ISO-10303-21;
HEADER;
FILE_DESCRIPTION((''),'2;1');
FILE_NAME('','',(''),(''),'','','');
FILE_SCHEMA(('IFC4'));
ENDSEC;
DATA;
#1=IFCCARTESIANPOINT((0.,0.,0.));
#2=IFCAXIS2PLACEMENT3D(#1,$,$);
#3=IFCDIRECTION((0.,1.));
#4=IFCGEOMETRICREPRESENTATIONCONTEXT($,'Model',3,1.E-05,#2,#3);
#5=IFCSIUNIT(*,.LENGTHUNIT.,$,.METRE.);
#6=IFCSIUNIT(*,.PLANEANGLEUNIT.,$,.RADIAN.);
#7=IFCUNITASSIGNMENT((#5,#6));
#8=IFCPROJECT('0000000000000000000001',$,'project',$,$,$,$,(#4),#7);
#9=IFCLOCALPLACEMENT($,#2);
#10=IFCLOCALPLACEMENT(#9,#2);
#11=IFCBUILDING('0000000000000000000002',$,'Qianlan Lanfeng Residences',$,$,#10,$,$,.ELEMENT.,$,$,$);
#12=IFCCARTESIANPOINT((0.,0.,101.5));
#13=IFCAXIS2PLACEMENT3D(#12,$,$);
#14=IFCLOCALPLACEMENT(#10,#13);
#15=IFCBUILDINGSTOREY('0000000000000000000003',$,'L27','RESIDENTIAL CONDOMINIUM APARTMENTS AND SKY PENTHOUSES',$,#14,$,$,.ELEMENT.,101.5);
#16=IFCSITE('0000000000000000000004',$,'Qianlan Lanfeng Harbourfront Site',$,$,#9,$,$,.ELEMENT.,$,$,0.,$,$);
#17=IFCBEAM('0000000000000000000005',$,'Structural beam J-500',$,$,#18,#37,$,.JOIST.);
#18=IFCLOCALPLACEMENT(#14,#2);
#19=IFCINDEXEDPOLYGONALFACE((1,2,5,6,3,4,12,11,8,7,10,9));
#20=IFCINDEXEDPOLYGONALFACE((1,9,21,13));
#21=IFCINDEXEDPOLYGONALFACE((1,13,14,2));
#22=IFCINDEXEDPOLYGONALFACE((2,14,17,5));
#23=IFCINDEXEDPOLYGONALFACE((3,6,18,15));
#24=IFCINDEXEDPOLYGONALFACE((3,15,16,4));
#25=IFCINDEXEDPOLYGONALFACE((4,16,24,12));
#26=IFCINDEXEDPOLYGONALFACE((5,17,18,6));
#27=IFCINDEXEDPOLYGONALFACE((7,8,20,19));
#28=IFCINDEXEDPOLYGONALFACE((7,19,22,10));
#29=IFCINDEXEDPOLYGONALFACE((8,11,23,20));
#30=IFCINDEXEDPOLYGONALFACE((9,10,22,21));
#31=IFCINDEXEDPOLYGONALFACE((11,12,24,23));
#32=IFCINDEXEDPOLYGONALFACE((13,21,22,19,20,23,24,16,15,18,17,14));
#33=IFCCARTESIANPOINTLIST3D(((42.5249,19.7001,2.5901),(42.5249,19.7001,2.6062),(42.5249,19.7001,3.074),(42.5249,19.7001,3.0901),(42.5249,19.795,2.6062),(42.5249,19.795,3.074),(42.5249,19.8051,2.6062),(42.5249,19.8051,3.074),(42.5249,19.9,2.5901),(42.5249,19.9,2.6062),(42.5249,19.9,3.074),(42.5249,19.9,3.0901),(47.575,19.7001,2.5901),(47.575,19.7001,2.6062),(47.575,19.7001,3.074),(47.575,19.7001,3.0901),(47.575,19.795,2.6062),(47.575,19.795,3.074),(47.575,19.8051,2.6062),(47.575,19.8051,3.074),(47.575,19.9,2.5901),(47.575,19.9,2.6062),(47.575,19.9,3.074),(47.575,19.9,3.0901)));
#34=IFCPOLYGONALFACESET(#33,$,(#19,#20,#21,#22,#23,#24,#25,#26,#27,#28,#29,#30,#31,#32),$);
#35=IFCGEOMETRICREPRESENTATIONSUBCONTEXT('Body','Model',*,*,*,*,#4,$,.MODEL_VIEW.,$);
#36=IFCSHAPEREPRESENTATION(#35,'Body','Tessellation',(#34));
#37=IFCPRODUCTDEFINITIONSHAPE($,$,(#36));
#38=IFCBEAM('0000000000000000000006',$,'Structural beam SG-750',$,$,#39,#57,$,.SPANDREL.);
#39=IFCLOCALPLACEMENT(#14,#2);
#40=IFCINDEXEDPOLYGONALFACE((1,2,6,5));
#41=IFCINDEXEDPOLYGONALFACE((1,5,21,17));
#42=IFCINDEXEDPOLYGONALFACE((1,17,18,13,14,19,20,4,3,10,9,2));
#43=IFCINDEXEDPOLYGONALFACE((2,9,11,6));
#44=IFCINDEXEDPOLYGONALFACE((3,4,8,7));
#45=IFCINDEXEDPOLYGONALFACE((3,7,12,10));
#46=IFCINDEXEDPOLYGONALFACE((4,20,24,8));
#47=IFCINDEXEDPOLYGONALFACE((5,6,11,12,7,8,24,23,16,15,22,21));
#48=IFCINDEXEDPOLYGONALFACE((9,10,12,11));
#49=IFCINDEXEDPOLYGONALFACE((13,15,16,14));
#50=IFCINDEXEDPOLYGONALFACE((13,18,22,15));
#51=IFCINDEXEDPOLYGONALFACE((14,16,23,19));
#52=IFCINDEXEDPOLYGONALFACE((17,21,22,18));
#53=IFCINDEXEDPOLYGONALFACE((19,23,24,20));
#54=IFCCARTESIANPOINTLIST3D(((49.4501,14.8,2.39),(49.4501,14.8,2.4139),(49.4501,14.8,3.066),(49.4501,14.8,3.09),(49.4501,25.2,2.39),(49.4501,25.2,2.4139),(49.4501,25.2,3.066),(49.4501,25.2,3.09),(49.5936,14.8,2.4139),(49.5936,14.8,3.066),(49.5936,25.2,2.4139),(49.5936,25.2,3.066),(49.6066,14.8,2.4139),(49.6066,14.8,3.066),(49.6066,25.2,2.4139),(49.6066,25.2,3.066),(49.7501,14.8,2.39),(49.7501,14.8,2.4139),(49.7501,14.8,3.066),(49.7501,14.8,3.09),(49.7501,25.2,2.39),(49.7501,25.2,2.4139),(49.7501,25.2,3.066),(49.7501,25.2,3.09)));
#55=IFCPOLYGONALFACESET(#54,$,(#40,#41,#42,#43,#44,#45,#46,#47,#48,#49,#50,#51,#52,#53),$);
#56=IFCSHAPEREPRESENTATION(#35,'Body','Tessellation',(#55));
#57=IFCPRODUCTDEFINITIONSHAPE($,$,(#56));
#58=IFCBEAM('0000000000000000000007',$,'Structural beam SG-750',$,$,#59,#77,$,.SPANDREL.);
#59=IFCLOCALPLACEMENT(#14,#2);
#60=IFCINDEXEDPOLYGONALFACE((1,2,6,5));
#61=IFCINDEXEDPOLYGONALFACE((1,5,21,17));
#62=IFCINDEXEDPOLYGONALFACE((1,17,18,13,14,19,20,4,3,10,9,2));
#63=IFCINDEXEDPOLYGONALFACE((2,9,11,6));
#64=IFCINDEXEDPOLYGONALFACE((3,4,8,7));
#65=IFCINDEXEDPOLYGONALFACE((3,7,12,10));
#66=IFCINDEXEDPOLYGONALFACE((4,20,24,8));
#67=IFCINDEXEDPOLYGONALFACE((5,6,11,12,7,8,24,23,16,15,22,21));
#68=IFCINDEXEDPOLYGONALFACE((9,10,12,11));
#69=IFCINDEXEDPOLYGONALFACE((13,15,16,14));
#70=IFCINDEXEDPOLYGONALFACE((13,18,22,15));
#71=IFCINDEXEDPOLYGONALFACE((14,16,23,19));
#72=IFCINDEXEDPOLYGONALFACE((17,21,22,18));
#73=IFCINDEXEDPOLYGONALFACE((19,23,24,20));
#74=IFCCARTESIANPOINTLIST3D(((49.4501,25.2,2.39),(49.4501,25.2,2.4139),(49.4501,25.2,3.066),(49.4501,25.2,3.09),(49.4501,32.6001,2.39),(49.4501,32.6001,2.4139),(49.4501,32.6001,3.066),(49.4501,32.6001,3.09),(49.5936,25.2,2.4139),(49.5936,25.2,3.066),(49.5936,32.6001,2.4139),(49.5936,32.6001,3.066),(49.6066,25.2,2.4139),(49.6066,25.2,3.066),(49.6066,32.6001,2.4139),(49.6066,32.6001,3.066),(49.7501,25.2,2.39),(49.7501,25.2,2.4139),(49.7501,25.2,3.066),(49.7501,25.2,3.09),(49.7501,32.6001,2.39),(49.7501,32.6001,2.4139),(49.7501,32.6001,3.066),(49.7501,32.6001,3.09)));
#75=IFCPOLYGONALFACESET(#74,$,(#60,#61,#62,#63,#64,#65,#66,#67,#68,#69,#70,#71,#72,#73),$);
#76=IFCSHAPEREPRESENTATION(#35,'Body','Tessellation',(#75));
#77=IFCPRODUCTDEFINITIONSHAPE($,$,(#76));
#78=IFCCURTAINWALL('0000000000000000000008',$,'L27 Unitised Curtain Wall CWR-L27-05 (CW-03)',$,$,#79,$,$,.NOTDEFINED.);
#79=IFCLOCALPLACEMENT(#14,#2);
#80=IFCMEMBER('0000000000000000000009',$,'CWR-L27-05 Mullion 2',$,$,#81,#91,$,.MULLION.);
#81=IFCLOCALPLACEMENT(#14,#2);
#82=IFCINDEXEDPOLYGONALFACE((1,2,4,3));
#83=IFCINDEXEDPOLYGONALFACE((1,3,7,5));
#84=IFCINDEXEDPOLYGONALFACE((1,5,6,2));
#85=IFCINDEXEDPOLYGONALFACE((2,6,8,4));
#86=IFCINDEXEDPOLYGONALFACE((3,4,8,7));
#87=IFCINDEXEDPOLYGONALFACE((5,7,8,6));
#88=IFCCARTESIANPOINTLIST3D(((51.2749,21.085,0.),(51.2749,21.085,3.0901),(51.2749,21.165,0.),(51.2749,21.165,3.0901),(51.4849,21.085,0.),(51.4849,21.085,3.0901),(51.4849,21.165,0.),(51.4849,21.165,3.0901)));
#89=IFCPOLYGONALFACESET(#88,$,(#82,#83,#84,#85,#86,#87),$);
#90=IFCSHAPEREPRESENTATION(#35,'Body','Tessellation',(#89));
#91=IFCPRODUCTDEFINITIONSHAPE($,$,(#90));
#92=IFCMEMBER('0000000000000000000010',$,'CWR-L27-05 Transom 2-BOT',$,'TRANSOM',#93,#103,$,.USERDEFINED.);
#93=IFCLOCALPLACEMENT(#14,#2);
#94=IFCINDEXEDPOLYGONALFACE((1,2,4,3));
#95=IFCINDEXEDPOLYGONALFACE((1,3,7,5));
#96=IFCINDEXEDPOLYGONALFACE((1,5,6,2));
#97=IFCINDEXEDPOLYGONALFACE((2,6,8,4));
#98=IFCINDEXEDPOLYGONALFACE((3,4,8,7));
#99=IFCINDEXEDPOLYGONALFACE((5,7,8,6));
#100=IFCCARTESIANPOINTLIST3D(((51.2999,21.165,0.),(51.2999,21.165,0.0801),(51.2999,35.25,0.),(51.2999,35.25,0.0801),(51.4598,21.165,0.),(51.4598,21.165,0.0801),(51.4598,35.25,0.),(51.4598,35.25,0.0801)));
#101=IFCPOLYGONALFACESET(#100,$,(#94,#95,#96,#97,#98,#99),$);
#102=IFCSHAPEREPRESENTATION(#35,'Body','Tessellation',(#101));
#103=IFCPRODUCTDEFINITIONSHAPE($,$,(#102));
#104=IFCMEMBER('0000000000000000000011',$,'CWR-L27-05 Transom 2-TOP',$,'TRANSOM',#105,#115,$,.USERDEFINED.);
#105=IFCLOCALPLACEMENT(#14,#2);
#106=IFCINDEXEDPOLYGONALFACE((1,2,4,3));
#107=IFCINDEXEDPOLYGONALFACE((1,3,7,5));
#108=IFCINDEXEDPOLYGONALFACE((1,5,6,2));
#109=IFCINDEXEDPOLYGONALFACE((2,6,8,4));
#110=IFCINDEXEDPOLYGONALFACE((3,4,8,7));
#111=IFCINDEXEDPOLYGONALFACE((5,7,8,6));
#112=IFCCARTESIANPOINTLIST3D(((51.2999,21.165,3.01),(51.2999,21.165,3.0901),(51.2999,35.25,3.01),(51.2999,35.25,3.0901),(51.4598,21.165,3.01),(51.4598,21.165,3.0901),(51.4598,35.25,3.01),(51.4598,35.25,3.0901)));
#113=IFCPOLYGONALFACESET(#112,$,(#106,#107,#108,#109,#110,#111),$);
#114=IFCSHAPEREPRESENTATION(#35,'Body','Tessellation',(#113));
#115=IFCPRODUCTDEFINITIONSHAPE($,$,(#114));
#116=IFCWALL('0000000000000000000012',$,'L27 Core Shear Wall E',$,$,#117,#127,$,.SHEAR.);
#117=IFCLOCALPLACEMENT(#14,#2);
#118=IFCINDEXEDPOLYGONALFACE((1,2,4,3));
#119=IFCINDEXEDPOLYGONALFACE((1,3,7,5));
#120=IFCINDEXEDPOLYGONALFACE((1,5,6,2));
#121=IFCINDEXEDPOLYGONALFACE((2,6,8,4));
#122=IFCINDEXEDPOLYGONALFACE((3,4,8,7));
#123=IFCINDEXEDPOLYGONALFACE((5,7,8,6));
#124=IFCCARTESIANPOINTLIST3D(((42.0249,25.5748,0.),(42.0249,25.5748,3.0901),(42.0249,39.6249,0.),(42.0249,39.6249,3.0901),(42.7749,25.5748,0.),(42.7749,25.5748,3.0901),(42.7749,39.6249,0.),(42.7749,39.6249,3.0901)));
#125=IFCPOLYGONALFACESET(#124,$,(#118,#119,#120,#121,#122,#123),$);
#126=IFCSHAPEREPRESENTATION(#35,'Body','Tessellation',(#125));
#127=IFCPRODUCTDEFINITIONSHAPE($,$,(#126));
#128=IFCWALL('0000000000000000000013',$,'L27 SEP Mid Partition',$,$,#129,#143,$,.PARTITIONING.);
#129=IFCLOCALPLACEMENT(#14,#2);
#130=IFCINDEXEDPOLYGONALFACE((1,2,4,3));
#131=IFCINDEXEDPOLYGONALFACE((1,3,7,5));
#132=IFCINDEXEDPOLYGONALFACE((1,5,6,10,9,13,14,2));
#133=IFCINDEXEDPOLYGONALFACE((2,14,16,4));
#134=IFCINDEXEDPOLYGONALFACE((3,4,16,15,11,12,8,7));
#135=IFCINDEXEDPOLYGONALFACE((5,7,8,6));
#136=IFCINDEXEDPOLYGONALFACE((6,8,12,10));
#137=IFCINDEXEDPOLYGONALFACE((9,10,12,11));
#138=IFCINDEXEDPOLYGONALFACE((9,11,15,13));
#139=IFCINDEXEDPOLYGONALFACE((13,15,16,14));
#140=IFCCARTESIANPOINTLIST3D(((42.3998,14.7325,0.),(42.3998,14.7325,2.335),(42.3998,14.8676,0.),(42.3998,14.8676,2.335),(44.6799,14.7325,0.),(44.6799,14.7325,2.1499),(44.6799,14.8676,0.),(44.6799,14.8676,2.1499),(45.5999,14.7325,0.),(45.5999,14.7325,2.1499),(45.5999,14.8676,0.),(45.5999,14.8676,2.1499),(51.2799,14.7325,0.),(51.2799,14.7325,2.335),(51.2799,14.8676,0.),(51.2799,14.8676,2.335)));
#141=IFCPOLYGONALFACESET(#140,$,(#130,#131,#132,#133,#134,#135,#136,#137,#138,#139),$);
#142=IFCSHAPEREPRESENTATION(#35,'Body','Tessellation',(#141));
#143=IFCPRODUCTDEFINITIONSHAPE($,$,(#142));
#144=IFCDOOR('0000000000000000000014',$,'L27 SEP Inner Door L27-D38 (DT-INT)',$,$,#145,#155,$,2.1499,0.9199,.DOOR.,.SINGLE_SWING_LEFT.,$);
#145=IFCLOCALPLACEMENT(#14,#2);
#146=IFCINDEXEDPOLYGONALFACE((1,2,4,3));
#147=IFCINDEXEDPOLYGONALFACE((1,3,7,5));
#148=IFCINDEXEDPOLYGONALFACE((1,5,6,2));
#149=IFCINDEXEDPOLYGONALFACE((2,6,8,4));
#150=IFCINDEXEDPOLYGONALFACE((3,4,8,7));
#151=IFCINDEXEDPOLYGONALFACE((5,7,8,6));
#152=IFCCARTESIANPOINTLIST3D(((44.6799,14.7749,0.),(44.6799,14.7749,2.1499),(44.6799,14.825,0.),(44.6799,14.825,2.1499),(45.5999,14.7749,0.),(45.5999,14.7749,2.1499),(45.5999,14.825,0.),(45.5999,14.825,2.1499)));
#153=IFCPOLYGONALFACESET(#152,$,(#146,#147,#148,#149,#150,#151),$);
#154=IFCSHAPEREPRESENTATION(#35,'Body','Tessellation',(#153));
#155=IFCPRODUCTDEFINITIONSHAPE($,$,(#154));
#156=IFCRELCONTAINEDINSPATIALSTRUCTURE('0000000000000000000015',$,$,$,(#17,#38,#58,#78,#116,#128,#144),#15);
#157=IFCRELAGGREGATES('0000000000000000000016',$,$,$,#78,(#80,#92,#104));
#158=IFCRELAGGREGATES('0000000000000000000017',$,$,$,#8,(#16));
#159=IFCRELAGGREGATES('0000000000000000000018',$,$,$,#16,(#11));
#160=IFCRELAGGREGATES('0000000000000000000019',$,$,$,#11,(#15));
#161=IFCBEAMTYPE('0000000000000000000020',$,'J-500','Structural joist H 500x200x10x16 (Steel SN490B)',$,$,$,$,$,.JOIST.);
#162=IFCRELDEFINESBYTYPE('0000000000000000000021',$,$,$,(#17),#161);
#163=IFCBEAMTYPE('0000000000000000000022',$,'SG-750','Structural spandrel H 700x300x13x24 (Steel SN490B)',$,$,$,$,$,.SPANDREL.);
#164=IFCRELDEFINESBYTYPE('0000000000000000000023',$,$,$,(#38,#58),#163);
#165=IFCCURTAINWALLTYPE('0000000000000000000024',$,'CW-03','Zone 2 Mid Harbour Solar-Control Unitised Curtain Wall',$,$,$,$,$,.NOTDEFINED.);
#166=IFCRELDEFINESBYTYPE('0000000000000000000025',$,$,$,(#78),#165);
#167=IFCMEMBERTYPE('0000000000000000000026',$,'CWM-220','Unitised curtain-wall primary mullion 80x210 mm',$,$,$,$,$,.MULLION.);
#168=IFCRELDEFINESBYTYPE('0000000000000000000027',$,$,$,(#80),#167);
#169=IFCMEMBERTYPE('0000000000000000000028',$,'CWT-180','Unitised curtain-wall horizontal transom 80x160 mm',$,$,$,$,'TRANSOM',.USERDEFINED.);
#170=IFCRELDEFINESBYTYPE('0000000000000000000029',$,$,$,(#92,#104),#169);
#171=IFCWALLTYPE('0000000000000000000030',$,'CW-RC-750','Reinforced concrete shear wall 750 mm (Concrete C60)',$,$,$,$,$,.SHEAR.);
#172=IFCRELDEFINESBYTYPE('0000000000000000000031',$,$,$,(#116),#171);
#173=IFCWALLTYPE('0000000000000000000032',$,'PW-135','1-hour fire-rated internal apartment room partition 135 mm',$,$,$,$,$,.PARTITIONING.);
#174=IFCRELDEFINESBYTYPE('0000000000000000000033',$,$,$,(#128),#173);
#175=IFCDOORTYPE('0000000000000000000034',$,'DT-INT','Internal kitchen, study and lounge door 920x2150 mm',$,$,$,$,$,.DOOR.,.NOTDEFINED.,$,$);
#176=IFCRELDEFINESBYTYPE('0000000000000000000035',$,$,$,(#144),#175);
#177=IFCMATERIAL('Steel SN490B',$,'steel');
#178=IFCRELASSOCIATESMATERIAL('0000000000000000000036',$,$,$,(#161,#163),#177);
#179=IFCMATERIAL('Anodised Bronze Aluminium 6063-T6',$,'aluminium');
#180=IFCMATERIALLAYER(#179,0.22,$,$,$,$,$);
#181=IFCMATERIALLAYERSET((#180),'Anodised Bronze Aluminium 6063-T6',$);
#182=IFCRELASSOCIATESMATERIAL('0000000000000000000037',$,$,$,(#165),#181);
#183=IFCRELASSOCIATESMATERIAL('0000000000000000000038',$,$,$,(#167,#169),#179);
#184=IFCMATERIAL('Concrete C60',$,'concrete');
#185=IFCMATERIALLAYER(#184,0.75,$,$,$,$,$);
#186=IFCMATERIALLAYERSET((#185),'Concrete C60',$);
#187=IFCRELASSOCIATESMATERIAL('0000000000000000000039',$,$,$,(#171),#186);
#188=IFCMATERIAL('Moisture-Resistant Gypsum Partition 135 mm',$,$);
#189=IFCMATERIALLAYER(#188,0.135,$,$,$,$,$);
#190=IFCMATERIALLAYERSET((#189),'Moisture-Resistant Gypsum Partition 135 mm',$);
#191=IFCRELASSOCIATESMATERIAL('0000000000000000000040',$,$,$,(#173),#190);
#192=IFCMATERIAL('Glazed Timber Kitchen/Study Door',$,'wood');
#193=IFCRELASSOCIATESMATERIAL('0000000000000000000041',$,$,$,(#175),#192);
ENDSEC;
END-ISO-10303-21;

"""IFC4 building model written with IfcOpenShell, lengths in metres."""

from ifc_helpers import new_model, si_unit, direction, frame, frame_2d, origin, origin_2d, place, context, subcontext, project, spatial, rectangle, i_section, extrude, source, transform, mapped, material, layer, layer_set, material_profile, profile_set, type_object, element, fill, aggregate, save


model = new_model("IFC4")

# Units and contexts
model_context = context("Model", 3, precision=1e-05, world=origin(), true_north=direction((0.0, 1.0)))
body_context = subcontext(model_context, "Body", "Model", "MODEL_VIEW")
ifc_project = project(units=[si_unit("LENGTHUNIT", "METRE"), si_unit("PLANEANGLEUNIT", "RADIAN")], contexts=[model_context])

# Site, building, storey
site_placement = place(None, origin())
site = spatial("IfcSite", under=ifc_project, at=site_placement, Name="Qianlan Lanfeng Harbourfront Site", CompositionType="ELEMENT", RefElevation=0.0)
building_placement = place(site_placement, origin())
building = spatial("IfcBuilding", under=site, at=building_placement, Name="Qianlan Lanfeng Residences", CompositionType="ELEMENT")
storey_placement = place(building_placement, frame((0.0, 0.0, 101.5)))
storey = spatial("IfcBuildingStorey", under=building, at=storey_placement, Name="L27", Description="RESIDENTIAL CONDOMINIUM APARTMENTS AND SKY PENTHOUSES", CompositionType="ELEMENT", Elevation=101.5)

# Shared definitions
ifc_material_1 = material(Name="Steel SN490B", Category="steel")

# Beams
ifc_material_profile_1 = material_profile(ifc_material_1, i_section(OverallWidth=0.2, OverallDepth=0.5, WebThickness=0.01, FlangeThickness=0.0161, at=origin_2d()), Name="H 500x200x10x16")
ifc_profile_set_1 = profile_set([ifc_material_profile_1], Name="Steel SN490B")
beam_type_1 = type_object("IfcBeamType", Name="J-500", Description="Structural joist H 500x200x10x16 (Steel SN490B)", PredefinedType="JOIST", material=ifc_profile_set_1)
beam_1_placement = place(storey_placement, frame((42.5249, 19.8, 2.8401), z_axis=(1.0, 0.0, 0.0), x_axis=(0.0, 1.0, 0.0)))
element("IfcBeam", 1, at=beam_1_placement, inside=storey, type_object=beam_type_1, Name="Structural beam J-500", PredefinedType="JOIST", context=body_context, shape_type="SweptSolid", body=[
    extrude(i_section(OverallWidth=0.2, OverallDepth=0.5, WebThickness=0.01, FlangeThickness=0.0161, at=origin_2d()), origin(), (0.0, 0.0, 1.0), 5.05),
])
ifc_material_profile_2 = material_profile(ifc_material_1, i_section(OverallWidth=0.3, OverallDepth=0.7, WebThickness=0.0129, FlangeThickness=0.0239, at=origin_2d()), Name="H 700x300x13x24")
ifc_profile_set_2 = profile_set([ifc_material_profile_2], Name="Steel SN490B")
beam_type_2 = type_object("IfcBeamType", Name="SG-750", Description="Structural spandrel H 700x300x13x24 (Steel SN490B)", PredefinedType="SPANDREL", material=ifc_profile_set_2)
beam_2_placement = place(storey_placement, frame((49.6001, 14.8, 2.74), z_axis=(0.0, 1.0, 0.0), x_axis=(-1.0, 0.0, 0.0)))
element("IfcBeam", 2, at=beam_2_placement, inside=storey, type_object=beam_type_2, Name="Structural beam SG-750", PredefinedType="SPANDREL", context=body_context, shape_type="SweptSolid", body=[
    extrude(i_section(OverallWidth=0.3, OverallDepth=0.7, WebThickness=0.0129, FlangeThickness=0.0239, at=origin_2d()), origin(), (0.0, 0.0, 1.0), 10.3999),
])
beam_3_placement = place(storey_placement, frame((49.6001, 25.2, 2.74), z_axis=(0.0, 1.0, 0.0), x_axis=(-1.0, 0.0, 0.0)))
element("IfcBeam", 3, at=beam_3_placement, inside=storey, type_object=beam_type_2, Name="Structural beam SG-750", PredefinedType="SPANDREL", context=body_context, shape_type="SweptSolid", body=[
    extrude(i_section(OverallWidth=0.3, OverallDepth=0.7, WebThickness=0.0129, FlangeThickness=0.0239, at=origin_2d()), origin(), (0.0, 0.0, 1.0), 7.4001),
])

# Curtain wall, members
ifc_material_2 = material(Name="Anodised Bronze Aluminium 6063-T6", Category="aluminium")
ifc_layer_1 = layer(ifc_material_2, 0.22)
ifc_layer_set_1 = layer_set([ifc_layer_1], Name="Anodised Bronze Aluminium 6063-T6")
curtain_wall_type = type_object("IfcCurtainWallType", Name="CW-03", Description="Zone 2 Mid Harbour Solar-Control Unitised Curtain Wall", PredefinedType="NOTDEFINED", material=ifc_layer_set_1)
curtain_wall_placement = place(storey_placement, origin())
curtain_wall = element("IfcCurtainWall", 4, at=curtain_wall_placement, inside=storey, type_object=curtain_wall_type, Name="L27 Unitised Curtain Wall CWR-L27-05 (CW-03)", PredefinedType="NOTDEFINED")
ifc_material_profile_3 = material_profile(ifc_material_2, rectangle(XDim=0.0801, YDim=0.21, at=origin_2d()), Name="ALU MULLION 80x210")
ifc_profile_set_3 = profile_set([ifc_material_profile_3], Name="Anodised Bronze Aluminium 6063-T6")
member_type_1 = type_object("IfcMemberType", Name="CWM-220", Description="Unitised curtain-wall primary mullion 80x210 mm", PredefinedType="MULLION", material=ifc_profile_set_3)
shared_shape_1 = source(origin(), body_context, "Body", "SweptSolid", [
    extrude(rectangle(XDim=0.0801, YDim=0.21, at=origin_2d()), origin(), (0.0, 0.0, 1.0), 3.0901),
])
member_1_placement = place(storey_placement, frame((51.3799, 21.125, 0.0), z_axis=(0.0, 0.0, 1.0), x_axis=(0.0, 1.0, 0.0)))
member_1 = element("IfcMember", 5, at=member_1_placement, type_object=member_type_1, Name="CWR-L27-05 Mullion 2", PredefinedType="MULLION", context=body_context, shape_type="MappedRepresentation", body=[
    mapped(shared_shape_1, transform((0.0, 0.0, 0.0), scale=1.0)),
])
ifc_material_profile_4 = material_profile(ifc_material_2, rectangle(XDim=0.0801, YDim=0.1599, at=origin_2d()), Name="ALU TRANSOM 80x160")
ifc_profile_set_4 = profile_set([ifc_material_profile_4], Name="Anodised Bronze Aluminium 6063-T6")
member_type_2 = type_object("IfcMemberType", Name="CWT-180", Description="Unitised curtain-wall horizontal transom 80x160 mm", ElementType="TRANSOM", PredefinedType="USERDEFINED", material=ifc_profile_set_4)
shared_shape_2 = source(origin(), body_context, "Body", "SweptSolid", [
    extrude(rectangle(XDim=0.0801, YDim=0.1599, at=origin_2d()), origin(), (0.0, 0.0, 1.0), 14.085),
])
member_2_placement = place(storey_placement, frame((51.3799, 21.165, 0.04), z_axis=(0.0, 1.0, 0.0), x_axis=(0.0, 0.0, 1.0)))
member_2 = element("IfcMember", 6, at=member_2_placement, type_object=member_type_2, Name="CWR-L27-05 Transom 2-BOT", ObjectType="TRANSOM", PredefinedType="USERDEFINED", context=body_context, shape_type="MappedRepresentation", body=[
    mapped(shared_shape_2, transform((0.0, 0.0, 0.0), scale=1.0)),
])
member_3_placement = place(storey_placement, frame((51.3799, 21.165, 3.05), z_axis=(0.0, 1.0, 0.0), x_axis=(0.0, 0.0, 1.0)))
member_3 = element("IfcMember", 7, at=member_3_placement, type_object=member_type_2, Name="CWR-L27-05 Transom 2-TOP", ObjectType="TRANSOM", PredefinedType="USERDEFINED", context=body_context, shape_type="MappedRepresentation", body=[
    mapped(shared_shape_2, transform((0.0, 0.0, 0.0), scale=1.0)),
])
aggregate(curtain_wall, [member_1, member_2, member_3])

# Wall
ifc_material_3 = material(Name="Concrete C60", Category="concrete")
ifc_layer_2 = layer(ifc_material_3, 0.75)
ifc_layer_set_2 = layer_set([ifc_layer_2], Name="Concrete C60")
wall_type_1 = type_object("IfcWallType", Name="CW-RC-750", Description="Reinforced concrete shear wall 750 mm (Concrete C60)", PredefinedType="SHEAR", material=ifc_layer_set_2)
wall_1_placement = place(storey_placement, frame((42.3999, 25.575, 0.0), z_axis=(0.0, 0.0, 1.0), x_axis=(0.0, 1.0, 0.0)))
element("IfcWall", 8, at=wall_1_placement, inside=storey, type_object=wall_type_1, Name="L27 Core Shear Wall E", PredefinedType="SHEAR", context=body_context, shape_type="SweptSolid", body=[
    extrude(rectangle(XDim=14.05, YDim=0.75, at=frame_2d((7.0249, 0.0))), origin(), (0.0, 0.0, 1.0), 3.0901),
])

# Wall, opening, door
ifc_material_4 = material(Name="Moisture-Resistant Gypsum Partition 135 mm")
ifc_layer_3 = layer(ifc_material_4, 0.135)
ifc_layer_set_3 = layer_set([ifc_layer_3], Name="Moisture-Resistant Gypsum Partition 135 mm")
wall_type_2 = type_object("IfcWallType", Name="PW-135", Description="1-hour fire-rated internal apartment room partition 135 mm", PredefinedType="PARTITIONING", material=ifc_layer_set_3)
wall_2_placement = place(storey_placement, frame((42.3999, 14.8, 0.0), z_axis=(0.0, 0.0, 1.0), x_axis=(1.0, 0.0, 0.0)))
wall_2 = element("IfcWall", 9, at=wall_2_placement, inside=storey, type_object=wall_type_2, Name="L27 SEP Mid Partition", PredefinedType="PARTITIONING", context=body_context, shape_type="SweptSolid", body=[
    extrude(rectangle(XDim=8.8801, YDim=0.135, at=frame_2d((4.4399, 0.0))), origin(), (0.0, 0.0, 1.0), 2.335),
])
opening_1_placement = place(wall_2_placement, frame((2.28, 0.0, 0.0)))
opening_1 = element("IfcOpeningElement", 10, at=opening_1_placement, cuts=wall_2, PredefinedType="OPENING", context=body_context, shape_type="SweptSolid", body=[
    extrude(rectangle(XDim=0.9199, YDim=2.1499, at=frame_2d((0.46, 1.075))), frame((0.0, 0.0776, 0.0), z_axis=(0.0, -1.0, 0.0), x_axis=(1.0, 0.0, 0.0)), (0.0, 0.0, 1.0), 0.155),
])
ifc_material_5 = material(Name="Glazed Timber Kitchen/Study Door", Category="wood")
door_type = type_object("IfcDoorType", Name="DT-INT", Description="Internal kitchen, study and lounge door 920x2150 mm", OperationType="NOTDEFINED", PredefinedType="DOOR", material=ifc_material_5)
door_1_placement = place(opening_1_placement, origin())
door_1 = element("IfcDoor", 11, at=door_1_placement, inside=storey, type_object=door_type, Name="L27 SEP Inner Door L27-D38 (DT-INT)", OperationType="SINGLE_SWING_LEFT", OverallHeight=2.1499, OverallWidth=0.9199, PredefinedType="DOOR", context=body_context, shape_type="SweptSolid", body=[
    extrude(rectangle(XDim=0.9199, YDim=2.1499, at=frame_2d((0.46, 1.075))), frame((0.0, 0.0249, 0.0), z_axis=(0.0, -1.0, 0.0), x_axis=(1.0, 0.0, 0.0)), (0.0, 0.0, 1.0), 0.05),
])
fill(opening_1, door_1)

save(model, "model.ifc")
